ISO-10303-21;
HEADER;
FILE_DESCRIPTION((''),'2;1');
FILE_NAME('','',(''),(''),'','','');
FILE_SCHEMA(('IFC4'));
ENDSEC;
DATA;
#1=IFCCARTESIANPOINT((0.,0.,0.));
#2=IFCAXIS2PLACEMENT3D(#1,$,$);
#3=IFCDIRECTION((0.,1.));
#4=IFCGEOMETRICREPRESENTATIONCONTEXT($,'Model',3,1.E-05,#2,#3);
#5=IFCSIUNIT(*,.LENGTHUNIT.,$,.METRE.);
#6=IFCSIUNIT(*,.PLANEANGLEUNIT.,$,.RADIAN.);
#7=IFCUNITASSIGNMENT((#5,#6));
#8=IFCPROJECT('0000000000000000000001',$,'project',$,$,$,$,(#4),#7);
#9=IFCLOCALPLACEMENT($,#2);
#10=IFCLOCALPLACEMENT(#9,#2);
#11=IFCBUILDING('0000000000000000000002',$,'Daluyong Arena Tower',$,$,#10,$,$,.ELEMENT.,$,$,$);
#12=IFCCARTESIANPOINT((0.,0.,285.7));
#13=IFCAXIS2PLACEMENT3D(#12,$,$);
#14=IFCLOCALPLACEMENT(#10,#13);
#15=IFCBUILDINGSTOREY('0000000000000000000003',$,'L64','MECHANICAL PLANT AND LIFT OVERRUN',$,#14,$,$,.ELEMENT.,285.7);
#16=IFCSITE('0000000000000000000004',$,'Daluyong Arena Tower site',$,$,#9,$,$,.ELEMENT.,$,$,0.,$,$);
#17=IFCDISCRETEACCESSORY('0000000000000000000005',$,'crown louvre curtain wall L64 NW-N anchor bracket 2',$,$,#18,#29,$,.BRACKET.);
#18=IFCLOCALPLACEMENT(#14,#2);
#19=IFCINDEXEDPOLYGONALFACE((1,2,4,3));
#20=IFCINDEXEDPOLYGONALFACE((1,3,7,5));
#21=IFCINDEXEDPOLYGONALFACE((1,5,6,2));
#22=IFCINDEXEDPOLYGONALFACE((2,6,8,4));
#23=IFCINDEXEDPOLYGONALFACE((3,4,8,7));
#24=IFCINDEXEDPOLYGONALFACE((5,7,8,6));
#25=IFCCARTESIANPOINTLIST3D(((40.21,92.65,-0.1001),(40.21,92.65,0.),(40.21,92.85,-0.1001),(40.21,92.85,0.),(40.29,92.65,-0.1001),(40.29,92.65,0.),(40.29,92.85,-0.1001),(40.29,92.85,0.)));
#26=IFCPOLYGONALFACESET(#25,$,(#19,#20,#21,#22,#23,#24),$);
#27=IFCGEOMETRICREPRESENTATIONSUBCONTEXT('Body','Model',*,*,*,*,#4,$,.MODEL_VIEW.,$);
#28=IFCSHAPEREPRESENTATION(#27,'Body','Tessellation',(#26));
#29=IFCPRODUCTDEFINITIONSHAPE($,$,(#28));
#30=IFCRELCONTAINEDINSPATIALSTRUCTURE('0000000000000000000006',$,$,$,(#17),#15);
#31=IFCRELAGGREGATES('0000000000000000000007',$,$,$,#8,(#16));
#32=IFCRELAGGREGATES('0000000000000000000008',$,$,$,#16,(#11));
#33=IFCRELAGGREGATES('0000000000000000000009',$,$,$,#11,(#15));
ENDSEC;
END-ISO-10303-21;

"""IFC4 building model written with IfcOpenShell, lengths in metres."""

from ifc_helpers import new_model, si_unit, direction, frame, origin, origin_2d, place, context, subcontext, project, spatial, rectangle, extrude, element, save


model = new_model("IFC4")

# Units and contexts
model_context = context("Model", 3, precision=1e-05, world=origin(), true_north=direction((0.0, 1.0)))
body_context = subcontext(model_context, "Body", "Model", "MODEL_VIEW")
ifc_project = project(units=[si_unit("LENGTHUNIT", "METRE"), si_unit("PLANEANGLEUNIT", "RADIAN")], contexts=[model_context])

# Site, building, storey
site_placement = place(None, origin())
site = spatial("IfcSite", under=ifc_project, at=site_placement, Name="Daluyong Arena Tower site", CompositionType="ELEMENT", RefElevation=0.0)
building_placement = place(site_placement, origin())
building = spatial("IfcBuilding", under=site, at=building_placement, Name="Daluyong Arena Tower", CompositionType="ELEMENT")
storey_placement = place(building_placement, frame((0.0, 0.0, 285.7)))
storey = spatial("IfcBuildingStorey", under=building, at=storey_placement, Name="L64", Description="MECHANICAL PLANT AND LIFT OVERRUN", CompositionType="ELEMENT", Elevation=285.7)

# Discrete accessory
for number, where, z_axis, x_axis, name in (
    (1, (40.25, 92.75, -0.1001), (0.0, 0.0, 1.0), (-1.0, 0.0, 0.0), "crown louvre curtain wall L64 NW-N anchor bracket 2"),
):
    element("IfcDiscreteAccessory", number, at=place(storey_placement, frame(where, z_axis=z_axis, x_axis=x_axis)), inside=storey, Name=name, PredefinedType="BRACKET", context=body_context, shape_type="SweptSolid", body=[
        extrude(rectangle(XDim=0.0801, YDim=0.2, at=origin_2d()), origin(), (0.0, 0.0, 1.0), 0.1001),
    ])

save(model, "model.ifc")
